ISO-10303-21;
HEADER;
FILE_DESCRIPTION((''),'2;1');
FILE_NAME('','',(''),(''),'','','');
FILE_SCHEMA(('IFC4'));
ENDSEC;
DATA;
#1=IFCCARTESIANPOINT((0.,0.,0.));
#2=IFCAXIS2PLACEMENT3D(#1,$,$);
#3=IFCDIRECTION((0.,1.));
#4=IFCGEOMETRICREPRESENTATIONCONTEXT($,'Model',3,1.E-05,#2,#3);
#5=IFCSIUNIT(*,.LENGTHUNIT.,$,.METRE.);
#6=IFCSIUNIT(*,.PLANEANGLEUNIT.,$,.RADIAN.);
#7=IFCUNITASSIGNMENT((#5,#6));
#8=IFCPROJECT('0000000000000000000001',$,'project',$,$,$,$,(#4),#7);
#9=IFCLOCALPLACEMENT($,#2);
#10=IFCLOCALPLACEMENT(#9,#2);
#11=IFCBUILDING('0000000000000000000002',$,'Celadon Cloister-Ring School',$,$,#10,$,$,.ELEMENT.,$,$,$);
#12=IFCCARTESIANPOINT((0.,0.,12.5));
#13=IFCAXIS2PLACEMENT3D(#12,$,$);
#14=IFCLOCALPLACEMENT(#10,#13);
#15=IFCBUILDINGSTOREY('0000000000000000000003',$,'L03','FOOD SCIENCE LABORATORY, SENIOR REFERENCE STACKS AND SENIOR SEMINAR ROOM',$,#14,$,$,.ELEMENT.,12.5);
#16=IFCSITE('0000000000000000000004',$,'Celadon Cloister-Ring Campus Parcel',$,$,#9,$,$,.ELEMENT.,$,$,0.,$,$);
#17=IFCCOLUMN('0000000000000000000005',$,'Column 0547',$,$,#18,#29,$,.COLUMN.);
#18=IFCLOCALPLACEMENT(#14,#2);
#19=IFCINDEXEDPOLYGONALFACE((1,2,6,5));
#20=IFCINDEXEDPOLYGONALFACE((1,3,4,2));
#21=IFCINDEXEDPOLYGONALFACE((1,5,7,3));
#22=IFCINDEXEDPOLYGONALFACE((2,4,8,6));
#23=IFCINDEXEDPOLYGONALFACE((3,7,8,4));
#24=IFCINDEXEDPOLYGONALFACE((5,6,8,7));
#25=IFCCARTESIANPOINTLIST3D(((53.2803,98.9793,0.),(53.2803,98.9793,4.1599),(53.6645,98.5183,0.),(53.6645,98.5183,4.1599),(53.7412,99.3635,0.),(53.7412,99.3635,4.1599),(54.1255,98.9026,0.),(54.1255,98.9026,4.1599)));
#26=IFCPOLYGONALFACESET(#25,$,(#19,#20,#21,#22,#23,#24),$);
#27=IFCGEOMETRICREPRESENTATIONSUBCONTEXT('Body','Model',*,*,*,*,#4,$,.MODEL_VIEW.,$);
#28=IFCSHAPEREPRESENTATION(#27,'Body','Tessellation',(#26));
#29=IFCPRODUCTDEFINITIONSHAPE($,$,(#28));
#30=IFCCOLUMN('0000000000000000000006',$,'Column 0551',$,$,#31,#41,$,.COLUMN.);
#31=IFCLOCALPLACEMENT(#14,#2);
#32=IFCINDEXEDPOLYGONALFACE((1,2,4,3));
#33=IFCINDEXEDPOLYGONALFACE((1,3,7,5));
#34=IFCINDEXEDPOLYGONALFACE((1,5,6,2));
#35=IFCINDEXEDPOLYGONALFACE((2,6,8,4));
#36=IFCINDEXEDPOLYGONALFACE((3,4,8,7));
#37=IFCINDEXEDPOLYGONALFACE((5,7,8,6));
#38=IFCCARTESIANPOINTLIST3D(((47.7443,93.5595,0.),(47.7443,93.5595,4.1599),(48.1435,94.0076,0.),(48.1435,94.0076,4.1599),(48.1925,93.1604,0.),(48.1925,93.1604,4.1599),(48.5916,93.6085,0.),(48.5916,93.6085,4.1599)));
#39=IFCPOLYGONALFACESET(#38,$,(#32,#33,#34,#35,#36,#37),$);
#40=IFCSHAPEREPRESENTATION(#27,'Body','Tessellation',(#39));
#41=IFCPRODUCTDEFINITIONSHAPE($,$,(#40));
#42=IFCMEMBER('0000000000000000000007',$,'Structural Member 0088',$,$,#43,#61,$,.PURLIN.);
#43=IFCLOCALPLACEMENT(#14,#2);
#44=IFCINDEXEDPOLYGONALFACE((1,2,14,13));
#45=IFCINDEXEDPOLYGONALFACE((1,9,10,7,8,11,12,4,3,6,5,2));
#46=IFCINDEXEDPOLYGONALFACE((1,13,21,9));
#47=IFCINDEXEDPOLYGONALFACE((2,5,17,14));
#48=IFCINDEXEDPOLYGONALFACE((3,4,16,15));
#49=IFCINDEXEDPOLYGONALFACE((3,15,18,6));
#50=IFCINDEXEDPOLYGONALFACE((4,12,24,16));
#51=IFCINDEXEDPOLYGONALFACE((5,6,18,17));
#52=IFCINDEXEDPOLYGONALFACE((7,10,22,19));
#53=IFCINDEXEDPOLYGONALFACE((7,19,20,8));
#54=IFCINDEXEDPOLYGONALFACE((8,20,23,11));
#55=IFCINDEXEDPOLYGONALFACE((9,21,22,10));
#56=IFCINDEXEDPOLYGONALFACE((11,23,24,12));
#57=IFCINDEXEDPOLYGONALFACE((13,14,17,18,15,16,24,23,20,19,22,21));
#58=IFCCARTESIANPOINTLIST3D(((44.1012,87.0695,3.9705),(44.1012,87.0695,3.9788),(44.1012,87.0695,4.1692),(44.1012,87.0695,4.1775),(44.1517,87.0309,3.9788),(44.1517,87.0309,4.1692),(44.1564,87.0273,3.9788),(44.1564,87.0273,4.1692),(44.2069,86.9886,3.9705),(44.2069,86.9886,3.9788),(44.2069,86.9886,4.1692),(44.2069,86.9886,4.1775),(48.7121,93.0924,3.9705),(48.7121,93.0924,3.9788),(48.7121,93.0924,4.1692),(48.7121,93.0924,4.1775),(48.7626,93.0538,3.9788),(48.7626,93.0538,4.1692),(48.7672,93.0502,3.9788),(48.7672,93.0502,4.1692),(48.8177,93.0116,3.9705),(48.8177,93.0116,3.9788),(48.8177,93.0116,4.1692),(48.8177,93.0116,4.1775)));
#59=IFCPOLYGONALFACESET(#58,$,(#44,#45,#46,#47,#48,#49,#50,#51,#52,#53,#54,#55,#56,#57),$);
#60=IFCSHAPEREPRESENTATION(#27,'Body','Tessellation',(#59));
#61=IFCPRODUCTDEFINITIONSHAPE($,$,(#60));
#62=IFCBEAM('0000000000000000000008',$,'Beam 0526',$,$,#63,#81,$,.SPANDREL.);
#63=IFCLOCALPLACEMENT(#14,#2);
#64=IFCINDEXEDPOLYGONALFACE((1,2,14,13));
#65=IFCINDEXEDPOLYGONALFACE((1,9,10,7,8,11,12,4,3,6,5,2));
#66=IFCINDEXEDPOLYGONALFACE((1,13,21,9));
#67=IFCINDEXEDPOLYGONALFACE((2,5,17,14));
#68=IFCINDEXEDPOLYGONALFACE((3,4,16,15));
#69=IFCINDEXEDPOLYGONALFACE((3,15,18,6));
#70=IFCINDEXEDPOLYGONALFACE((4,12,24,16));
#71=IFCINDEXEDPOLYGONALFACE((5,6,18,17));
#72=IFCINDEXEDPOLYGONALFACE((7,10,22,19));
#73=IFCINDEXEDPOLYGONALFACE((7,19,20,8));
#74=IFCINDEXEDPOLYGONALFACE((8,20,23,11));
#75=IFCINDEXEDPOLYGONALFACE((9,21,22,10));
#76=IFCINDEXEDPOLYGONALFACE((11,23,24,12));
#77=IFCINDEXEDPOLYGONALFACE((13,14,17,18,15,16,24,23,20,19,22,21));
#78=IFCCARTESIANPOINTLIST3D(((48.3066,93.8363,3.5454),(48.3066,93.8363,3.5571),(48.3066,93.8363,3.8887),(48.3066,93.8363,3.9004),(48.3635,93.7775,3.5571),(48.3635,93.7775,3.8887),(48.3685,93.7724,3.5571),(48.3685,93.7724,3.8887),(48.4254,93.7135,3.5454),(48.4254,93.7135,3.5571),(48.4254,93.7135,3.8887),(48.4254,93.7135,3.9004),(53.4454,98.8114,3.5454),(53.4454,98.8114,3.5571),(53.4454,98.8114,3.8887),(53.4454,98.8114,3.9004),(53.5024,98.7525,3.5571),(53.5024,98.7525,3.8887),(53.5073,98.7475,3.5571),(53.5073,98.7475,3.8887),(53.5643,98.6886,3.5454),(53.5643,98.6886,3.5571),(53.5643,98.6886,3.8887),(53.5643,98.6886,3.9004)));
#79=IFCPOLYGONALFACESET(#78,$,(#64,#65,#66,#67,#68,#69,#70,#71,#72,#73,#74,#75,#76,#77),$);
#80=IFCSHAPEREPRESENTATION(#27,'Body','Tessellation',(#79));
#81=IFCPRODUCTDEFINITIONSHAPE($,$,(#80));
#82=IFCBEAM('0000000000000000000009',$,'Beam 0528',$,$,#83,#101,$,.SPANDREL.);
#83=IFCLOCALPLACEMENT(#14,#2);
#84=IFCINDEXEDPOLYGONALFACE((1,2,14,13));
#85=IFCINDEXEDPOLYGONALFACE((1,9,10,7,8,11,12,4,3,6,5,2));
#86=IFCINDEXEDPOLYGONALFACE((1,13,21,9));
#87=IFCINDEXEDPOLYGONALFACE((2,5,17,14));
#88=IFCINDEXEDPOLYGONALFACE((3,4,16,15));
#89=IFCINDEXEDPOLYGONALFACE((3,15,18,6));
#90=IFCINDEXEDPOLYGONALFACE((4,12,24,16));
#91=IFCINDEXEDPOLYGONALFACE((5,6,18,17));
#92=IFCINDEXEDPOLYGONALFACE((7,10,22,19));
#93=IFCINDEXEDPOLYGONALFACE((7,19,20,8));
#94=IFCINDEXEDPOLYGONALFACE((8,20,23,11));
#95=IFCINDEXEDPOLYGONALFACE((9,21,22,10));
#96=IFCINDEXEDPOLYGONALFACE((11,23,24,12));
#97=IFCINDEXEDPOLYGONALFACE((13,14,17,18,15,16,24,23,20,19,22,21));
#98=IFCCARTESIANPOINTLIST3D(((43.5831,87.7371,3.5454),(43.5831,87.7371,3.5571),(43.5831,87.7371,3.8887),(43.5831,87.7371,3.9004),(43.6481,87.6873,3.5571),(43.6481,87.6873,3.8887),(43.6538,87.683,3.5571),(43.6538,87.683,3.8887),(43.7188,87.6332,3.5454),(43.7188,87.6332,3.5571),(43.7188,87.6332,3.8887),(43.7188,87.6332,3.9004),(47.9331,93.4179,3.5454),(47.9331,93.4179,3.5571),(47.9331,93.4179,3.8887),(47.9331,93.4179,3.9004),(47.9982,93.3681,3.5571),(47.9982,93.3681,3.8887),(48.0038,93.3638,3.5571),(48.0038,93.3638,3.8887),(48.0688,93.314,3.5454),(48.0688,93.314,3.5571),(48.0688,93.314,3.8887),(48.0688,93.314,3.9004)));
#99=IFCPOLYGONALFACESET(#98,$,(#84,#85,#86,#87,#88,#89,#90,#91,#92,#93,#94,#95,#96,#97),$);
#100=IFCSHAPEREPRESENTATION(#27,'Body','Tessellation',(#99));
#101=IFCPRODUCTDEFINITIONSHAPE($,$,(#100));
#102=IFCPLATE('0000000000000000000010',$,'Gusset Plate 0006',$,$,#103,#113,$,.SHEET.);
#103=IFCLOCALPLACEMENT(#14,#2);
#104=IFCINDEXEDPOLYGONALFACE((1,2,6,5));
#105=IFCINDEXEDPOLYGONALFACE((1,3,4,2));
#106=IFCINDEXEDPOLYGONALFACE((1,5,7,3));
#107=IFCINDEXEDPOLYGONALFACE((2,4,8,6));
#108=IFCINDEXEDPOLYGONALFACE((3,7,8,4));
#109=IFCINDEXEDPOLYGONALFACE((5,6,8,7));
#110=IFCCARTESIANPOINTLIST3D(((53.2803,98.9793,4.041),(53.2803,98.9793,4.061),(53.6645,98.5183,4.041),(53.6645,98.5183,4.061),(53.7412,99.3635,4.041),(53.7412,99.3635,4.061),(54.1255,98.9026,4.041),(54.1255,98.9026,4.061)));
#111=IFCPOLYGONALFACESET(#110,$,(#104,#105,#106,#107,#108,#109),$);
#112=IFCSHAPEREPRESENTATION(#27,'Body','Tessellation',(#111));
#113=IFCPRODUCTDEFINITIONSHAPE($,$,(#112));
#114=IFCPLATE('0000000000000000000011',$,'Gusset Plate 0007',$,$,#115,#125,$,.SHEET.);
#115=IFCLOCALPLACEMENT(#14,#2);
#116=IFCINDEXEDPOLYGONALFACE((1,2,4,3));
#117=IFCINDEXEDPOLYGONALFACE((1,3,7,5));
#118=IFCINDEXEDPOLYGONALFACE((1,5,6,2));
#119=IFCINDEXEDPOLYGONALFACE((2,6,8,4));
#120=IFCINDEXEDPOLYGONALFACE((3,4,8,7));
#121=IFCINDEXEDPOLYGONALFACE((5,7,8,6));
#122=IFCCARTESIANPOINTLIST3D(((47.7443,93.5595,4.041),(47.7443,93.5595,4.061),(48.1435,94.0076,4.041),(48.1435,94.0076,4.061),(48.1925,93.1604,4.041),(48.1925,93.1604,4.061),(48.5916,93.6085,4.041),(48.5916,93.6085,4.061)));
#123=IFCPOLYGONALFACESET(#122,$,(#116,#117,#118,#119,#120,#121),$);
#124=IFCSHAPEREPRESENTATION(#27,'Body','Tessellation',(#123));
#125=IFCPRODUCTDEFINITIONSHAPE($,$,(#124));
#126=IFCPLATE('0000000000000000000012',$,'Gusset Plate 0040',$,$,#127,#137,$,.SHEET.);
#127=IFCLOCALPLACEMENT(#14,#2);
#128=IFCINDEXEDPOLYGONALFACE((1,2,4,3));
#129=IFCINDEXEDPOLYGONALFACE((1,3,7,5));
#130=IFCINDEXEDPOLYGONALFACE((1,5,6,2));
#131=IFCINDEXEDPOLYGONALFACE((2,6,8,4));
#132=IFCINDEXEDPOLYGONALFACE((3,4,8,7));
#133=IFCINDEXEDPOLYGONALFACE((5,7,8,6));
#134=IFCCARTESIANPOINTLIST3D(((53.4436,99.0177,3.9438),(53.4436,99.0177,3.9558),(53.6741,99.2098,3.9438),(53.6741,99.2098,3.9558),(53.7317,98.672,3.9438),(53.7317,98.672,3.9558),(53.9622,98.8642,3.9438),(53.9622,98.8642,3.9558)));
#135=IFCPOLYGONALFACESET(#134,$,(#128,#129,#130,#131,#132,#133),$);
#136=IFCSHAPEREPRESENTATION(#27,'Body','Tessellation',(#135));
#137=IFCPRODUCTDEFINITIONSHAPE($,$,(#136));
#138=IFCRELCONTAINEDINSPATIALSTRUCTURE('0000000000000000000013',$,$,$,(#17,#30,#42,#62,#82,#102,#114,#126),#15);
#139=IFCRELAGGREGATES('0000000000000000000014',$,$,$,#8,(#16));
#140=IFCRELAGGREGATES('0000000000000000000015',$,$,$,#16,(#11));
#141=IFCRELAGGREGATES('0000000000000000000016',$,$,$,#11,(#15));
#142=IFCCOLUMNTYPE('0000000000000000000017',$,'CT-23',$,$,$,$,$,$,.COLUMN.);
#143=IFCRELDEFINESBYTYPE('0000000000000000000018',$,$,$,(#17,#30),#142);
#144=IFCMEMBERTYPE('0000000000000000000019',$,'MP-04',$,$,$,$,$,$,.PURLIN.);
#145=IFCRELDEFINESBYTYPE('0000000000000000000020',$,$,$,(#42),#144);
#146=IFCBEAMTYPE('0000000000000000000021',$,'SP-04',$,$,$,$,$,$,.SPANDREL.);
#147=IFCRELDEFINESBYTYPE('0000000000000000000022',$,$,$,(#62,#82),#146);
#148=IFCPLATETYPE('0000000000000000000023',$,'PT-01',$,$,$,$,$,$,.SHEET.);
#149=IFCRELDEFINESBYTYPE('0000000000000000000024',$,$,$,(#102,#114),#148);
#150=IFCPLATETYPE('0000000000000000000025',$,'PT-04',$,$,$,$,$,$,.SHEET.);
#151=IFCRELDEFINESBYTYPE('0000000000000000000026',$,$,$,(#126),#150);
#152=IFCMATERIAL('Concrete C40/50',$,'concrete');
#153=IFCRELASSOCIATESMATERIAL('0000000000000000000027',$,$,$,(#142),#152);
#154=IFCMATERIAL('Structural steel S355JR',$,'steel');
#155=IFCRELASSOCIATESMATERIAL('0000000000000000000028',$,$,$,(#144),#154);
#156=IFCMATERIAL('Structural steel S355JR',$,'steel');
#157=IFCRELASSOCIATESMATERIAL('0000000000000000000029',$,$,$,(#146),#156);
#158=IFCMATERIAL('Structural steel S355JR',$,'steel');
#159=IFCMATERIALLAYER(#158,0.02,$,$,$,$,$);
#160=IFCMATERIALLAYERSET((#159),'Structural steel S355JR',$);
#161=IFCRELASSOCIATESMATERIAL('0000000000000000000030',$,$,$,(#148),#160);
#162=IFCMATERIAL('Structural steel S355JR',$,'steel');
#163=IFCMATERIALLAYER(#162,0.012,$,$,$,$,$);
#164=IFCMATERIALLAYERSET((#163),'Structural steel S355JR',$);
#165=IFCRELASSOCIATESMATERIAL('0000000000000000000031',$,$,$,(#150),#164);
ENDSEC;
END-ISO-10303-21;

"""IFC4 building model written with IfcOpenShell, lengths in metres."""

from ifc_helpers import new_model, si_unit, direction, frame, origin, origin_2d, place, context, subcontext, project, spatial, rectangle, i_section, extrude, material, layer, layer_set, material_profile, profile_set, type_object, element, save


model = new_model("IFC4")

# Units and contexts
model_context = context("Model", 3, precision=1e-05, world=origin(), true_north=direction((0.0, 1.0)))
body_context = subcontext(model_context, "Body", "Model", "MODEL_VIEW")
ifc_project = project(units=[si_unit("LENGTHUNIT", "METRE"), si_unit("PLANEANGLEUNIT", "RADIAN")], contexts=[model_context])

# Site, building, storey
site_placement = place(None, origin())
site = spatial("IfcSite", under=ifc_project, at=site_placement, Name="Celadon Cloister-Ring Campus Parcel", CompositionType="ELEMENT", RefElevation=0.0)
building_placement = place(site_placement, origin())
building = spatial("IfcBuilding", under=site, at=building_placement, Name="Celadon Cloister-Ring School", CompositionType="ELEMENT")
storey_placement = place(building_placement, frame((0.0, 0.0, 12.5)))
storey = spatial("IfcBuildingStorey", under=building, at=storey_placement, Name="L03", Description="FOOD SCIENCE LABORATORY, SENIOR REFERENCE STACKS AND SENIOR SEMINAR ROOM", CompositionType="ELEMENT", Elevation=12.5)

# Columns
ifc_material_1 = material(Name="Concrete C40/50", Category="concrete")
ifc_material_profile_1 = material_profile(ifc_material_1, rectangle(XDim=0.6001, YDim=0.6001, at=origin_2d()), Name="RC600X600")
ifc_profile_set_1 = profile_set([ifc_material_profile_1], Name="Concrete C40/50")
column_type = type_object("IfcColumnType", Name="CT-23", PredefinedType="COLUMN", material=ifc_profile_set_1)
for number, where, z_axis, x_axis, name in (
    (1, (53.7029, 98.9409, 0.0), (0.0, 0.0, 1.0), (-0.640324, 0.768105, 0.0), "Column 0547"),
    (2, (48.168, 93.584, 0.0), (0.0, 0.0, 1.0), (-0.746777, 0.665074, 0.0), "Column 0551"),
):
    element("IfcColumn", number, at=place(storey_placement, frame(where, z_axis=z_axis, x_axis=x_axis)), inside=storey, type_object=column_type, Name=name, PredefinedType="COLUMN", context=body_context, shape_type="SweptSolid", body=[
        extrude(rectangle(XDim=0.6001, YDim=0.6001, at=origin_2d()), origin(), (0.0, 0.0, 1.0), 4.1599),
    ])

# Member
ifc_material_2 = material(Name="Structural steel S355JR", Category="steel")
ifc_material_profile_2 = material_profile(ifc_material_2, i_section(OverallWidth=0.1331, OverallDepth=0.207, WebThickness=0.0059, FlangeThickness=0.0083, at=origin_2d()), Name="W200X27")
ifc_profile_set_2 = profile_set([ifc_material_profile_2], Name="Structural steel S355JR")
member_type = type_object("IfcMemberType", Name="MP-04", PredefinedType="PURLIN", material=ifc_profile_set_2)
member_placement = place(storey_placement, frame((48.7649, 93.052, 4.074), z_axis=(-0.607871, -0.794036, 0.0), x_axis=(0.794036, -0.607871, 0.0)))
element("IfcMember", 3, at=member_placement, inside=storey, type_object=member_type, Name="Structural Member 0088", PredefinedType="PURLIN", context=body_context, shape_type="SweptSolid", body=[
    extrude(i_section(OverallWidth=0.1331, OverallDepth=0.207, WebThickness=0.0059, FlangeThickness=0.0083, at=origin_2d()), origin(), (0.0, 0.0, 1.0), 7.5852),
])

# Beams
ifc_material_3 = material(Name="Structural steel S355JR", Category="steel")
ifc_material_profile_3 = material_profile(ifc_material_3, i_section(OverallWidth=0.1709, OverallDepth=0.355, WebThickness=0.0071, FlangeThickness=0.0117, at=origin_2d()), Name="W360X51")
ifc_profile_set_3 = profile_set([ifc_material_profile_3], Name="Structural steel S355JR")
beam_type = type_object("IfcBeamType", Name="SP-04", PredefinedType="SPANDREL", material=ifc_profile_set_3)
beam_1_placement = place(storey_placement, frame((53.5049, 98.75, 3.7229), z_axis=(-0.718466, -0.695562, 0.0), x_axis=(0.695562, -0.718466, 0.0)))
element("IfcBeam", 4, at=beam_1_placement, inside=storey, type_object=beam_type, Name="Beam 0526", PredefinedType="SPANDREL", context=body_context, shape_type="SweptSolid", body=[
    extrude(i_section(OverallWidth=0.1709, OverallDepth=0.355, WebThickness=0.0071, FlangeThickness=0.0117, at=origin_2d()), origin(), (0.0, 0.0, 1.0), 7.1526),
])
beam_2_placement = place(storey_placement, frame((48.001, 93.366, 3.7229), z_axis=(-0.607968, -0.793962, 0.0), x_axis=(0.793962, -0.607968, 0.0)))
element("IfcBeam", 5, at=beam_2_placement, inside=storey, type_object=beam_type, Name="Beam 0528", PredefinedType="SPANDREL", context=body_context, shape_type="SweptSolid", body=[
    extrude(i_section(OverallWidth=0.1709, OverallDepth=0.355, WebThickness=0.0071, FlangeThickness=0.0117, at=origin_2d()), origin(), (0.0, 0.0, 1.0), 7.155),
])

# Plates
ifc_material_4 = material(Name="Structural steel S355JR", Category="steel")
ifc_layer_1 = layer(ifc_material_4, 0.02)
ifc_layer_set_1 = layer_set([ifc_layer_1], Name="Structural steel S355JR")
plate_type_1 = type_object("IfcPlateType", Name="PT-01", PredefinedType="SHEET", material=ifc_layer_set_1)
for number, where, z_axis, x_axis, name in (
    (6, (53.7029, 98.9409, 4.041), (0.0, 0.0, 1.0), (-0.640324, 0.768105, 0.0), "Gusset Plate 0006"),
    (7, (48.168, 93.584, 4.041), (0.0, 0.0, 1.0), (-0.746777, 0.665074, 0.0), "Gusset Plate 0007"),
):
    element("IfcPlate", number, at=place(storey_placement, frame(where, z_axis=z_axis, x_axis=x_axis)), inside=storey, type_object=plate_type_1, Name=name, PredefinedType="SHEET", context=body_context, shape_type="SweptSolid", body=[
        extrude(rectangle(XDim=0.6001, YDim=0.6001, at=origin_2d()), origin(), (0.0, 0.0, 1.0), 0.02),
    ])
ifc_material_5 = material(Name="Structural steel S355JR", Category="steel")
ifc_layer_2 = layer(ifc_material_5, 0.012)
ifc_layer_set_2 = layer_set([ifc_layer_2], Name="Structural steel S355JR")
plate_type_2 = type_object("IfcPlateType", Name="PT-04", PredefinedType="SHEET", material=ifc_layer_set_2)
plate_placement = place(storey_placement, frame((53.7029, 98.9409, 3.9438), z_axis=(0.0, 0.0, 1.0), x_axis=(-0.640324, 0.768105, 0.0)))
element("IfcPlate", 8, at=plate_placement, inside=storey, type_object=plate_type_2, Name="Gusset Plate 0040", PredefinedType="SHEET", context=body_context, shape_type="SweptSolid", body=[
    extrude(rectangle(XDim=0.45, YDim=0.3, at=origin_2d()), origin(), (0.0, 0.0, 1.0), 0.012),
])

save(model, "model.ifc")
